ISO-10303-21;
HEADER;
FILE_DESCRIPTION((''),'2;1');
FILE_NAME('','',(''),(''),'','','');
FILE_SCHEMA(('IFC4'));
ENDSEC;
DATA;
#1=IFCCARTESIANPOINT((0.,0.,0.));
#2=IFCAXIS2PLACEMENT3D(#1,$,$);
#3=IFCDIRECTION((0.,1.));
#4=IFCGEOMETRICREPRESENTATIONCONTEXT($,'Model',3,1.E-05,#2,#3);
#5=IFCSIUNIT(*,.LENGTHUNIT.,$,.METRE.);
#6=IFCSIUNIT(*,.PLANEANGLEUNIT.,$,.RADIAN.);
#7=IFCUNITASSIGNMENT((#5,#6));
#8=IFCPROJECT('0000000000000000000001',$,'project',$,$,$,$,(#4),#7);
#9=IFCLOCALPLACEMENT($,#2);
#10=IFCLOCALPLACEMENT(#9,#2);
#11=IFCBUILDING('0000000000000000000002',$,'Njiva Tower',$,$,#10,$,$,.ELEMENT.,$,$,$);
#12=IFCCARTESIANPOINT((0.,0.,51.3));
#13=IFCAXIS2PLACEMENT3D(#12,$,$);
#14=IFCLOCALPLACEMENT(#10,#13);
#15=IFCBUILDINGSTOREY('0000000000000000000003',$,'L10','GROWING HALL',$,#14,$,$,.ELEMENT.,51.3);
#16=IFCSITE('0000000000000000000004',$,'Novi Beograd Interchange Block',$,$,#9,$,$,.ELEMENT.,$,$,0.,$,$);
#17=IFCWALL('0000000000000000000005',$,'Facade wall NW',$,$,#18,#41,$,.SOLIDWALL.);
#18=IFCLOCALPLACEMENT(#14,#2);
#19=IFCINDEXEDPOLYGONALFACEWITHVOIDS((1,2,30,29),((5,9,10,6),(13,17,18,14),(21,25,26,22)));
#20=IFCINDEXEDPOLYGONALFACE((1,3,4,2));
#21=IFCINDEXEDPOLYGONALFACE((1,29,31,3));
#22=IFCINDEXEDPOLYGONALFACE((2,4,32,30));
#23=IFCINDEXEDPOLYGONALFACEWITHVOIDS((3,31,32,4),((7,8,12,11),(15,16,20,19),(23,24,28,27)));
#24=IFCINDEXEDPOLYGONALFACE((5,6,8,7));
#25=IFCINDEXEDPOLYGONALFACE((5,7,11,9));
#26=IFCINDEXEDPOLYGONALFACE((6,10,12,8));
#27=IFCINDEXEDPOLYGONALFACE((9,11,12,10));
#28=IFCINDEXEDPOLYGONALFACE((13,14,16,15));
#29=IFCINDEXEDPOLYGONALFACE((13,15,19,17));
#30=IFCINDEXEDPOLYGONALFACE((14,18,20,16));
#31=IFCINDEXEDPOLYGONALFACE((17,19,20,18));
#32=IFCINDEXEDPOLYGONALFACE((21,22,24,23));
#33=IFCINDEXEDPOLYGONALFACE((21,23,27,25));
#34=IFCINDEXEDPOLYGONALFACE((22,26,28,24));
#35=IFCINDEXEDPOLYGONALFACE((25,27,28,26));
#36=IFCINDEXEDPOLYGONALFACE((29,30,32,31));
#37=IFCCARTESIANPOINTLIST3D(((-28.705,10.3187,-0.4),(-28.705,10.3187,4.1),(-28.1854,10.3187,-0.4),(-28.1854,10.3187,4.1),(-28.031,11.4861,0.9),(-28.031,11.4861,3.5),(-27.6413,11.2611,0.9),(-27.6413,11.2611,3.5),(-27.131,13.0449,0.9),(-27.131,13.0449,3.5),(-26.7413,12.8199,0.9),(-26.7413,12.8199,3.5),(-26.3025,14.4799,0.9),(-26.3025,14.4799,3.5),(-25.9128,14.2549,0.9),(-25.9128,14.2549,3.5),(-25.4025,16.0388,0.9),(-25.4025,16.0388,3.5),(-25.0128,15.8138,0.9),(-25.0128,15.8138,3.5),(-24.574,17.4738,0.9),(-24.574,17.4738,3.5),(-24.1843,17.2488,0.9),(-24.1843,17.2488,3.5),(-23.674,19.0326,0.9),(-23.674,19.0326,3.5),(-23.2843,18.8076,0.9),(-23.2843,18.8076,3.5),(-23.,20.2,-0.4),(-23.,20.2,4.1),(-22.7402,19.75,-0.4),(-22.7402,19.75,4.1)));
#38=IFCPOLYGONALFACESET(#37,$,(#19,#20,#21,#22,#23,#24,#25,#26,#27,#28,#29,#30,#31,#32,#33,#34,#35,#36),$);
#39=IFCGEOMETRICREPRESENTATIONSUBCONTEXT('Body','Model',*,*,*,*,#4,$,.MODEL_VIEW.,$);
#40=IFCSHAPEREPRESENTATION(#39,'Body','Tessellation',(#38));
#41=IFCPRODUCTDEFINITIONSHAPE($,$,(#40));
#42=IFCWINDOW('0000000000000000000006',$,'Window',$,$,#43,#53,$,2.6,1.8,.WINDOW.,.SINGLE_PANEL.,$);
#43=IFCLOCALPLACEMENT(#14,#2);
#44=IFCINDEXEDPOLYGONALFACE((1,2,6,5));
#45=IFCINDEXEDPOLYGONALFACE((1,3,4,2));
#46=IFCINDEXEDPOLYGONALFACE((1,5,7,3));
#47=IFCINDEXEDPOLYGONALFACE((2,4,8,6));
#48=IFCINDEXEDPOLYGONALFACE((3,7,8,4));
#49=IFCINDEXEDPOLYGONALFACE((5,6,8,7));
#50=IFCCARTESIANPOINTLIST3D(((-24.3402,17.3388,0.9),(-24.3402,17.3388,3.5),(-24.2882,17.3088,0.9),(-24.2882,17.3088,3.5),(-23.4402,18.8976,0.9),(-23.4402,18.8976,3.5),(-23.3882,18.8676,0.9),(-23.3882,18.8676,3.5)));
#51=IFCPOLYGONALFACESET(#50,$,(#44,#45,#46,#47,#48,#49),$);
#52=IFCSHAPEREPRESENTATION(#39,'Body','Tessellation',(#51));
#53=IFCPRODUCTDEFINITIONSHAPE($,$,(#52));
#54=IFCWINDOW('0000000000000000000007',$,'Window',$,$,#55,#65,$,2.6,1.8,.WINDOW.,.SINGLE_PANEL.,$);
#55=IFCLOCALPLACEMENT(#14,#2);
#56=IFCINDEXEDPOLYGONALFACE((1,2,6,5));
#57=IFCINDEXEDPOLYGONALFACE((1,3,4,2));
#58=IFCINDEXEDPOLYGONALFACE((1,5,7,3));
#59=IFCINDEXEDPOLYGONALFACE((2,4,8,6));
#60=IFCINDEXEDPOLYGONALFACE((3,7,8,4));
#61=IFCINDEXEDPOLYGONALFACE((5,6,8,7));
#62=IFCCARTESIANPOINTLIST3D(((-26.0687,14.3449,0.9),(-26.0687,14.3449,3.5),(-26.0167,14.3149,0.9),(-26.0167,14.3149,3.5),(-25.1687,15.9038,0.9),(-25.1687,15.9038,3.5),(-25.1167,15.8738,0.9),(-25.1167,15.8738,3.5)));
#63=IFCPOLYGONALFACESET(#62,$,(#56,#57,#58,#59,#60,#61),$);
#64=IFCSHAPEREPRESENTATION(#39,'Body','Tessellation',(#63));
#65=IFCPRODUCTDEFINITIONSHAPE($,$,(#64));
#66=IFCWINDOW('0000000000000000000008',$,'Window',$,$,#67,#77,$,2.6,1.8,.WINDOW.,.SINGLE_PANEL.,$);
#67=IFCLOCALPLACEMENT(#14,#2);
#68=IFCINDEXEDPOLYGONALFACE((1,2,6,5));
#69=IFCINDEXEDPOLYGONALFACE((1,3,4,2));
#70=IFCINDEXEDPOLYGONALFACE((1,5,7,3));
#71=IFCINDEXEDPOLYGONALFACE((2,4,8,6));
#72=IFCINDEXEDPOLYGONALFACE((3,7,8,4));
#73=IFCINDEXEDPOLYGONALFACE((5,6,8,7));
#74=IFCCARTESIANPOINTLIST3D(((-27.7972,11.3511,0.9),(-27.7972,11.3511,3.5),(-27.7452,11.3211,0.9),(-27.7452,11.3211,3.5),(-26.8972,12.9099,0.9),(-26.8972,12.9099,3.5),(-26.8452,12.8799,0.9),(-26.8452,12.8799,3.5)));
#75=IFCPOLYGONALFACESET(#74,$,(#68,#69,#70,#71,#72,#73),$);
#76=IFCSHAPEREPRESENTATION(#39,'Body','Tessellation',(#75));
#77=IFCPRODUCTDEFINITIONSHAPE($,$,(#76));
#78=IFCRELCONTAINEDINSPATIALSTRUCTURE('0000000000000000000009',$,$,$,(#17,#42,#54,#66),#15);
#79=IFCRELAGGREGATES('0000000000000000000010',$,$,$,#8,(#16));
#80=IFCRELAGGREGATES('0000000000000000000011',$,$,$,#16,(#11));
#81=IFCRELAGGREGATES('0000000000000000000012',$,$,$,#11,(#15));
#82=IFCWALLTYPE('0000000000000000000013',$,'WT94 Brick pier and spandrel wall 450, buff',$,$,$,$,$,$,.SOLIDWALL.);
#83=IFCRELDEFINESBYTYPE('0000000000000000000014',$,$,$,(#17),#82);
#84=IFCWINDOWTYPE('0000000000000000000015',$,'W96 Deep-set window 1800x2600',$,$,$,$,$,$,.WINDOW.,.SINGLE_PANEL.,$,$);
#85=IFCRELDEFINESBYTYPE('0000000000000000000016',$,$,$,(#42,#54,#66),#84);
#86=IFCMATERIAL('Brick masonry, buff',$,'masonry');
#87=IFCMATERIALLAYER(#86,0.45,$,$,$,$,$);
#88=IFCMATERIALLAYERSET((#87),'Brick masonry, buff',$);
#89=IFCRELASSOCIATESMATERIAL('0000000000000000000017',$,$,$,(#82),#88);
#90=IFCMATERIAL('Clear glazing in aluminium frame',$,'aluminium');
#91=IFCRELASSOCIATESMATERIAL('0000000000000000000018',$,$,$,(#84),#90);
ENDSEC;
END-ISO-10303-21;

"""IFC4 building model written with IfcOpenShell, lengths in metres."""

from ifc_helpers import new_model, si_unit, direction, frame, frame_2d, origin, place, context, subcontext, project, spatial, polyline, rectangle, outline, extrude, material, layer, layer_set, type_object, element, fill, save


model = new_model("IFC4")

# Units and contexts
model_context = context("Model", 3, precision=1e-05, world=origin(), true_north=direction((0.0, 1.0)))
body_context = subcontext(model_context, "Body", "Model", "MODEL_VIEW")
ifc_project = project(units=[si_unit("LENGTHUNIT", "METRE"), si_unit("PLANEANGLEUNIT", "RADIAN")], contexts=[model_context])

# Site, building, storey
site_placement = place(None, origin())
site = spatial("IfcSite", under=ifc_project, at=site_placement, Name="Novi Beograd Interchange Block", CompositionType="ELEMENT", RefElevation=0.0)
building_placement = place(site_placement, origin())
building = spatial("IfcBuilding", under=site, at=building_placement, Name="Njiva Tower", CompositionType="ELEMENT")
storey_placement = place(building_placement, frame((0.0, 0.0, 51.3)))
storey = spatial("IfcBuildingStorey", under=building, at=storey_placement, Name="L10", Description="GROWING HALL", CompositionType="ELEMENT", Elevation=51.3)

# Wall, openings, windows
ifc_material_1 = material(Name="Brick masonry, buff", Category="masonry")
ifc_layer_1 = layer(ifc_material_1, 0.45)
ifc_layer_set_1 = layer_set([ifc_layer_1], Name="Brick masonry, buff")
wall_type_1 = type_object("IfcWallType", Name="WT94 Brick pier and spandrel wall 450, buff", PredefinedType="SOLIDWALL", material=ifc_layer_set_1)
wall_1_placement = place(storey_placement, frame((-22.8701, 19.975, -0.4), z_axis=(0.0, 0.0, 1.0), x_axis=(-0.500002, -0.866024, 0.0)))
wall_1 = element("IfcWall", 1, at=wall_1_placement, inside=storey, type_object=wall_type_1, Name="Facade wall NW", PredefinedType="SOLIDWALL", context=body_context, shape_type="SweptSolid", body=[
    extrude(outline(polyline([(-0.1299, -0.225), (11.2801, -0.225), (11.0203, 0.225), (0.1299, 0.225), (-0.1299, -0.225)])), origin(), (0.0, 0.0, 1.0), 4.5),
])
opening_1_placement = place(wall_1_placement, frame((1.2181, 0.0, 1.3)))
opening_1 = element("IfcOpeningElement", 2, at=opening_1_placement, cuts=wall_1, PredefinedType="OPENING", context=body_context, shape_type="SweptSolid", body=[
    extrude(rectangle(XDim=1.8, YDim=2.6, at=frame_2d((0.9, 1.3))), frame((0.0, 0.235, 0.0), z_axis=(0.0, -1.0, 0.0), x_axis=(1.0, 0.0, 0.0)), (0.0, 0.0, 1.0), 0.47),
])
opening_2_placement = place(wall_1_placement, frame((4.6751, 0.0, 1.3)))
opening_2 = element("IfcOpeningElement", 3, at=opening_2_placement, cuts=wall_1, PredefinedType="OPENING", context=body_context, shape_type="SweptSolid", body=[
    extrude(rectangle(XDim=1.8, YDim=2.6, at=frame_2d((0.9, 1.3))), frame((0.0, 0.235, 0.0), z_axis=(0.0, -1.0, 0.0), x_axis=(1.0, 0.0, 0.0)), (0.0, 0.0, 1.0), 0.47),
])
opening_3_placement = place(wall_1_placement, frame((8.1321, 0.0, 1.3)))
opening_3 = element("IfcOpeningElement", 4, at=opening_3_placement, cuts=wall_1, PredefinedType="OPENING", context=body_context, shape_type="SweptSolid", body=[
    extrude(rectangle(XDim=1.8, YDim=2.6, at=frame_2d((0.9, 1.3))), frame((0.0, 0.235, 0.0), z_axis=(0.0, -1.0, 0.0), x_axis=(1.0, 0.0, 0.0)), (0.0, 0.0, 1.0), 0.47),
])
ifc_material_2 = material(Name="Clear glazing in aluminium frame", Category="aluminium")
window_type = type_object("IfcWindowType", Name="W96 Deep-set window 1800x2600", PartitioningType="SINGLE_PANEL", PredefinedType="WINDOW", material=ifc_material_2)
window_1_placement = place(opening_1_placement, origin())
window_1 = element("IfcWindow", 5, at=window_1_placement, inside=storey, type_object=window_type, Name="Window", OverallHeight=2.6, OverallWidth=1.8, PartitioningType="SINGLE_PANEL", PredefinedType="WINDOW", context=body_context, shape_type="SweptSolid", body=[
    extrude(rectangle(XDim=1.8, YDim=2.6, at=frame_2d((0.9, 1.3))), frame((0.0, 0.105, 0.0), z_axis=(0.0, -1.0, 0.0), x_axis=(1.0, 0.0, 0.0)), (0.0, 0.0, 1.0), 0.06),
])
fill(opening_1, window_1)
window_2_placement = place(opening_2_placement, origin())
window_2 = element("IfcWindow", 6, at=window_2_placement, inside=storey, type_object=window_type, Name="Window", OverallHeight=2.6, OverallWidth=1.8, PartitioningType="SINGLE_PANEL", PredefinedType="WINDOW", context=body_context, shape_type="SweptSolid", body=[
    extrude(rectangle(XDim=1.8, YDim=2.6, at=frame_2d((0.9, 1.3))), frame((0.0, 0.105, 0.0), z_axis=(0.0, -1.0, 0.0), x_axis=(1.0, 0.0, 0.0)), (0.0, 0.0, 1.0), 0.06),
])
fill(opening_2, window_2)
window_3_placement = place(opening_3_placement, origin())
window_3 = element("IfcWindow", 7, at=window_3_placement, inside=storey, type_object=window_type, Name="Window", OverallHeight=2.6, OverallWidth=1.8, PartitioningType="SINGLE_PANEL", PredefinedType="WINDOW", context=body_context, shape_type="SweptSolid", body=[
    extrude(rectangle(XDim=1.8, YDim=2.6, at=frame_2d((0.9, 1.3))), frame((0.0, 0.105, 0.0), z_axis=(0.0, -1.0, 0.0), x_axis=(1.0, 0.0, 0.0)), (0.0, 0.0, 1.0), 0.06),
])
fill(opening_3, window_3)

save(model, "model.ifc")
